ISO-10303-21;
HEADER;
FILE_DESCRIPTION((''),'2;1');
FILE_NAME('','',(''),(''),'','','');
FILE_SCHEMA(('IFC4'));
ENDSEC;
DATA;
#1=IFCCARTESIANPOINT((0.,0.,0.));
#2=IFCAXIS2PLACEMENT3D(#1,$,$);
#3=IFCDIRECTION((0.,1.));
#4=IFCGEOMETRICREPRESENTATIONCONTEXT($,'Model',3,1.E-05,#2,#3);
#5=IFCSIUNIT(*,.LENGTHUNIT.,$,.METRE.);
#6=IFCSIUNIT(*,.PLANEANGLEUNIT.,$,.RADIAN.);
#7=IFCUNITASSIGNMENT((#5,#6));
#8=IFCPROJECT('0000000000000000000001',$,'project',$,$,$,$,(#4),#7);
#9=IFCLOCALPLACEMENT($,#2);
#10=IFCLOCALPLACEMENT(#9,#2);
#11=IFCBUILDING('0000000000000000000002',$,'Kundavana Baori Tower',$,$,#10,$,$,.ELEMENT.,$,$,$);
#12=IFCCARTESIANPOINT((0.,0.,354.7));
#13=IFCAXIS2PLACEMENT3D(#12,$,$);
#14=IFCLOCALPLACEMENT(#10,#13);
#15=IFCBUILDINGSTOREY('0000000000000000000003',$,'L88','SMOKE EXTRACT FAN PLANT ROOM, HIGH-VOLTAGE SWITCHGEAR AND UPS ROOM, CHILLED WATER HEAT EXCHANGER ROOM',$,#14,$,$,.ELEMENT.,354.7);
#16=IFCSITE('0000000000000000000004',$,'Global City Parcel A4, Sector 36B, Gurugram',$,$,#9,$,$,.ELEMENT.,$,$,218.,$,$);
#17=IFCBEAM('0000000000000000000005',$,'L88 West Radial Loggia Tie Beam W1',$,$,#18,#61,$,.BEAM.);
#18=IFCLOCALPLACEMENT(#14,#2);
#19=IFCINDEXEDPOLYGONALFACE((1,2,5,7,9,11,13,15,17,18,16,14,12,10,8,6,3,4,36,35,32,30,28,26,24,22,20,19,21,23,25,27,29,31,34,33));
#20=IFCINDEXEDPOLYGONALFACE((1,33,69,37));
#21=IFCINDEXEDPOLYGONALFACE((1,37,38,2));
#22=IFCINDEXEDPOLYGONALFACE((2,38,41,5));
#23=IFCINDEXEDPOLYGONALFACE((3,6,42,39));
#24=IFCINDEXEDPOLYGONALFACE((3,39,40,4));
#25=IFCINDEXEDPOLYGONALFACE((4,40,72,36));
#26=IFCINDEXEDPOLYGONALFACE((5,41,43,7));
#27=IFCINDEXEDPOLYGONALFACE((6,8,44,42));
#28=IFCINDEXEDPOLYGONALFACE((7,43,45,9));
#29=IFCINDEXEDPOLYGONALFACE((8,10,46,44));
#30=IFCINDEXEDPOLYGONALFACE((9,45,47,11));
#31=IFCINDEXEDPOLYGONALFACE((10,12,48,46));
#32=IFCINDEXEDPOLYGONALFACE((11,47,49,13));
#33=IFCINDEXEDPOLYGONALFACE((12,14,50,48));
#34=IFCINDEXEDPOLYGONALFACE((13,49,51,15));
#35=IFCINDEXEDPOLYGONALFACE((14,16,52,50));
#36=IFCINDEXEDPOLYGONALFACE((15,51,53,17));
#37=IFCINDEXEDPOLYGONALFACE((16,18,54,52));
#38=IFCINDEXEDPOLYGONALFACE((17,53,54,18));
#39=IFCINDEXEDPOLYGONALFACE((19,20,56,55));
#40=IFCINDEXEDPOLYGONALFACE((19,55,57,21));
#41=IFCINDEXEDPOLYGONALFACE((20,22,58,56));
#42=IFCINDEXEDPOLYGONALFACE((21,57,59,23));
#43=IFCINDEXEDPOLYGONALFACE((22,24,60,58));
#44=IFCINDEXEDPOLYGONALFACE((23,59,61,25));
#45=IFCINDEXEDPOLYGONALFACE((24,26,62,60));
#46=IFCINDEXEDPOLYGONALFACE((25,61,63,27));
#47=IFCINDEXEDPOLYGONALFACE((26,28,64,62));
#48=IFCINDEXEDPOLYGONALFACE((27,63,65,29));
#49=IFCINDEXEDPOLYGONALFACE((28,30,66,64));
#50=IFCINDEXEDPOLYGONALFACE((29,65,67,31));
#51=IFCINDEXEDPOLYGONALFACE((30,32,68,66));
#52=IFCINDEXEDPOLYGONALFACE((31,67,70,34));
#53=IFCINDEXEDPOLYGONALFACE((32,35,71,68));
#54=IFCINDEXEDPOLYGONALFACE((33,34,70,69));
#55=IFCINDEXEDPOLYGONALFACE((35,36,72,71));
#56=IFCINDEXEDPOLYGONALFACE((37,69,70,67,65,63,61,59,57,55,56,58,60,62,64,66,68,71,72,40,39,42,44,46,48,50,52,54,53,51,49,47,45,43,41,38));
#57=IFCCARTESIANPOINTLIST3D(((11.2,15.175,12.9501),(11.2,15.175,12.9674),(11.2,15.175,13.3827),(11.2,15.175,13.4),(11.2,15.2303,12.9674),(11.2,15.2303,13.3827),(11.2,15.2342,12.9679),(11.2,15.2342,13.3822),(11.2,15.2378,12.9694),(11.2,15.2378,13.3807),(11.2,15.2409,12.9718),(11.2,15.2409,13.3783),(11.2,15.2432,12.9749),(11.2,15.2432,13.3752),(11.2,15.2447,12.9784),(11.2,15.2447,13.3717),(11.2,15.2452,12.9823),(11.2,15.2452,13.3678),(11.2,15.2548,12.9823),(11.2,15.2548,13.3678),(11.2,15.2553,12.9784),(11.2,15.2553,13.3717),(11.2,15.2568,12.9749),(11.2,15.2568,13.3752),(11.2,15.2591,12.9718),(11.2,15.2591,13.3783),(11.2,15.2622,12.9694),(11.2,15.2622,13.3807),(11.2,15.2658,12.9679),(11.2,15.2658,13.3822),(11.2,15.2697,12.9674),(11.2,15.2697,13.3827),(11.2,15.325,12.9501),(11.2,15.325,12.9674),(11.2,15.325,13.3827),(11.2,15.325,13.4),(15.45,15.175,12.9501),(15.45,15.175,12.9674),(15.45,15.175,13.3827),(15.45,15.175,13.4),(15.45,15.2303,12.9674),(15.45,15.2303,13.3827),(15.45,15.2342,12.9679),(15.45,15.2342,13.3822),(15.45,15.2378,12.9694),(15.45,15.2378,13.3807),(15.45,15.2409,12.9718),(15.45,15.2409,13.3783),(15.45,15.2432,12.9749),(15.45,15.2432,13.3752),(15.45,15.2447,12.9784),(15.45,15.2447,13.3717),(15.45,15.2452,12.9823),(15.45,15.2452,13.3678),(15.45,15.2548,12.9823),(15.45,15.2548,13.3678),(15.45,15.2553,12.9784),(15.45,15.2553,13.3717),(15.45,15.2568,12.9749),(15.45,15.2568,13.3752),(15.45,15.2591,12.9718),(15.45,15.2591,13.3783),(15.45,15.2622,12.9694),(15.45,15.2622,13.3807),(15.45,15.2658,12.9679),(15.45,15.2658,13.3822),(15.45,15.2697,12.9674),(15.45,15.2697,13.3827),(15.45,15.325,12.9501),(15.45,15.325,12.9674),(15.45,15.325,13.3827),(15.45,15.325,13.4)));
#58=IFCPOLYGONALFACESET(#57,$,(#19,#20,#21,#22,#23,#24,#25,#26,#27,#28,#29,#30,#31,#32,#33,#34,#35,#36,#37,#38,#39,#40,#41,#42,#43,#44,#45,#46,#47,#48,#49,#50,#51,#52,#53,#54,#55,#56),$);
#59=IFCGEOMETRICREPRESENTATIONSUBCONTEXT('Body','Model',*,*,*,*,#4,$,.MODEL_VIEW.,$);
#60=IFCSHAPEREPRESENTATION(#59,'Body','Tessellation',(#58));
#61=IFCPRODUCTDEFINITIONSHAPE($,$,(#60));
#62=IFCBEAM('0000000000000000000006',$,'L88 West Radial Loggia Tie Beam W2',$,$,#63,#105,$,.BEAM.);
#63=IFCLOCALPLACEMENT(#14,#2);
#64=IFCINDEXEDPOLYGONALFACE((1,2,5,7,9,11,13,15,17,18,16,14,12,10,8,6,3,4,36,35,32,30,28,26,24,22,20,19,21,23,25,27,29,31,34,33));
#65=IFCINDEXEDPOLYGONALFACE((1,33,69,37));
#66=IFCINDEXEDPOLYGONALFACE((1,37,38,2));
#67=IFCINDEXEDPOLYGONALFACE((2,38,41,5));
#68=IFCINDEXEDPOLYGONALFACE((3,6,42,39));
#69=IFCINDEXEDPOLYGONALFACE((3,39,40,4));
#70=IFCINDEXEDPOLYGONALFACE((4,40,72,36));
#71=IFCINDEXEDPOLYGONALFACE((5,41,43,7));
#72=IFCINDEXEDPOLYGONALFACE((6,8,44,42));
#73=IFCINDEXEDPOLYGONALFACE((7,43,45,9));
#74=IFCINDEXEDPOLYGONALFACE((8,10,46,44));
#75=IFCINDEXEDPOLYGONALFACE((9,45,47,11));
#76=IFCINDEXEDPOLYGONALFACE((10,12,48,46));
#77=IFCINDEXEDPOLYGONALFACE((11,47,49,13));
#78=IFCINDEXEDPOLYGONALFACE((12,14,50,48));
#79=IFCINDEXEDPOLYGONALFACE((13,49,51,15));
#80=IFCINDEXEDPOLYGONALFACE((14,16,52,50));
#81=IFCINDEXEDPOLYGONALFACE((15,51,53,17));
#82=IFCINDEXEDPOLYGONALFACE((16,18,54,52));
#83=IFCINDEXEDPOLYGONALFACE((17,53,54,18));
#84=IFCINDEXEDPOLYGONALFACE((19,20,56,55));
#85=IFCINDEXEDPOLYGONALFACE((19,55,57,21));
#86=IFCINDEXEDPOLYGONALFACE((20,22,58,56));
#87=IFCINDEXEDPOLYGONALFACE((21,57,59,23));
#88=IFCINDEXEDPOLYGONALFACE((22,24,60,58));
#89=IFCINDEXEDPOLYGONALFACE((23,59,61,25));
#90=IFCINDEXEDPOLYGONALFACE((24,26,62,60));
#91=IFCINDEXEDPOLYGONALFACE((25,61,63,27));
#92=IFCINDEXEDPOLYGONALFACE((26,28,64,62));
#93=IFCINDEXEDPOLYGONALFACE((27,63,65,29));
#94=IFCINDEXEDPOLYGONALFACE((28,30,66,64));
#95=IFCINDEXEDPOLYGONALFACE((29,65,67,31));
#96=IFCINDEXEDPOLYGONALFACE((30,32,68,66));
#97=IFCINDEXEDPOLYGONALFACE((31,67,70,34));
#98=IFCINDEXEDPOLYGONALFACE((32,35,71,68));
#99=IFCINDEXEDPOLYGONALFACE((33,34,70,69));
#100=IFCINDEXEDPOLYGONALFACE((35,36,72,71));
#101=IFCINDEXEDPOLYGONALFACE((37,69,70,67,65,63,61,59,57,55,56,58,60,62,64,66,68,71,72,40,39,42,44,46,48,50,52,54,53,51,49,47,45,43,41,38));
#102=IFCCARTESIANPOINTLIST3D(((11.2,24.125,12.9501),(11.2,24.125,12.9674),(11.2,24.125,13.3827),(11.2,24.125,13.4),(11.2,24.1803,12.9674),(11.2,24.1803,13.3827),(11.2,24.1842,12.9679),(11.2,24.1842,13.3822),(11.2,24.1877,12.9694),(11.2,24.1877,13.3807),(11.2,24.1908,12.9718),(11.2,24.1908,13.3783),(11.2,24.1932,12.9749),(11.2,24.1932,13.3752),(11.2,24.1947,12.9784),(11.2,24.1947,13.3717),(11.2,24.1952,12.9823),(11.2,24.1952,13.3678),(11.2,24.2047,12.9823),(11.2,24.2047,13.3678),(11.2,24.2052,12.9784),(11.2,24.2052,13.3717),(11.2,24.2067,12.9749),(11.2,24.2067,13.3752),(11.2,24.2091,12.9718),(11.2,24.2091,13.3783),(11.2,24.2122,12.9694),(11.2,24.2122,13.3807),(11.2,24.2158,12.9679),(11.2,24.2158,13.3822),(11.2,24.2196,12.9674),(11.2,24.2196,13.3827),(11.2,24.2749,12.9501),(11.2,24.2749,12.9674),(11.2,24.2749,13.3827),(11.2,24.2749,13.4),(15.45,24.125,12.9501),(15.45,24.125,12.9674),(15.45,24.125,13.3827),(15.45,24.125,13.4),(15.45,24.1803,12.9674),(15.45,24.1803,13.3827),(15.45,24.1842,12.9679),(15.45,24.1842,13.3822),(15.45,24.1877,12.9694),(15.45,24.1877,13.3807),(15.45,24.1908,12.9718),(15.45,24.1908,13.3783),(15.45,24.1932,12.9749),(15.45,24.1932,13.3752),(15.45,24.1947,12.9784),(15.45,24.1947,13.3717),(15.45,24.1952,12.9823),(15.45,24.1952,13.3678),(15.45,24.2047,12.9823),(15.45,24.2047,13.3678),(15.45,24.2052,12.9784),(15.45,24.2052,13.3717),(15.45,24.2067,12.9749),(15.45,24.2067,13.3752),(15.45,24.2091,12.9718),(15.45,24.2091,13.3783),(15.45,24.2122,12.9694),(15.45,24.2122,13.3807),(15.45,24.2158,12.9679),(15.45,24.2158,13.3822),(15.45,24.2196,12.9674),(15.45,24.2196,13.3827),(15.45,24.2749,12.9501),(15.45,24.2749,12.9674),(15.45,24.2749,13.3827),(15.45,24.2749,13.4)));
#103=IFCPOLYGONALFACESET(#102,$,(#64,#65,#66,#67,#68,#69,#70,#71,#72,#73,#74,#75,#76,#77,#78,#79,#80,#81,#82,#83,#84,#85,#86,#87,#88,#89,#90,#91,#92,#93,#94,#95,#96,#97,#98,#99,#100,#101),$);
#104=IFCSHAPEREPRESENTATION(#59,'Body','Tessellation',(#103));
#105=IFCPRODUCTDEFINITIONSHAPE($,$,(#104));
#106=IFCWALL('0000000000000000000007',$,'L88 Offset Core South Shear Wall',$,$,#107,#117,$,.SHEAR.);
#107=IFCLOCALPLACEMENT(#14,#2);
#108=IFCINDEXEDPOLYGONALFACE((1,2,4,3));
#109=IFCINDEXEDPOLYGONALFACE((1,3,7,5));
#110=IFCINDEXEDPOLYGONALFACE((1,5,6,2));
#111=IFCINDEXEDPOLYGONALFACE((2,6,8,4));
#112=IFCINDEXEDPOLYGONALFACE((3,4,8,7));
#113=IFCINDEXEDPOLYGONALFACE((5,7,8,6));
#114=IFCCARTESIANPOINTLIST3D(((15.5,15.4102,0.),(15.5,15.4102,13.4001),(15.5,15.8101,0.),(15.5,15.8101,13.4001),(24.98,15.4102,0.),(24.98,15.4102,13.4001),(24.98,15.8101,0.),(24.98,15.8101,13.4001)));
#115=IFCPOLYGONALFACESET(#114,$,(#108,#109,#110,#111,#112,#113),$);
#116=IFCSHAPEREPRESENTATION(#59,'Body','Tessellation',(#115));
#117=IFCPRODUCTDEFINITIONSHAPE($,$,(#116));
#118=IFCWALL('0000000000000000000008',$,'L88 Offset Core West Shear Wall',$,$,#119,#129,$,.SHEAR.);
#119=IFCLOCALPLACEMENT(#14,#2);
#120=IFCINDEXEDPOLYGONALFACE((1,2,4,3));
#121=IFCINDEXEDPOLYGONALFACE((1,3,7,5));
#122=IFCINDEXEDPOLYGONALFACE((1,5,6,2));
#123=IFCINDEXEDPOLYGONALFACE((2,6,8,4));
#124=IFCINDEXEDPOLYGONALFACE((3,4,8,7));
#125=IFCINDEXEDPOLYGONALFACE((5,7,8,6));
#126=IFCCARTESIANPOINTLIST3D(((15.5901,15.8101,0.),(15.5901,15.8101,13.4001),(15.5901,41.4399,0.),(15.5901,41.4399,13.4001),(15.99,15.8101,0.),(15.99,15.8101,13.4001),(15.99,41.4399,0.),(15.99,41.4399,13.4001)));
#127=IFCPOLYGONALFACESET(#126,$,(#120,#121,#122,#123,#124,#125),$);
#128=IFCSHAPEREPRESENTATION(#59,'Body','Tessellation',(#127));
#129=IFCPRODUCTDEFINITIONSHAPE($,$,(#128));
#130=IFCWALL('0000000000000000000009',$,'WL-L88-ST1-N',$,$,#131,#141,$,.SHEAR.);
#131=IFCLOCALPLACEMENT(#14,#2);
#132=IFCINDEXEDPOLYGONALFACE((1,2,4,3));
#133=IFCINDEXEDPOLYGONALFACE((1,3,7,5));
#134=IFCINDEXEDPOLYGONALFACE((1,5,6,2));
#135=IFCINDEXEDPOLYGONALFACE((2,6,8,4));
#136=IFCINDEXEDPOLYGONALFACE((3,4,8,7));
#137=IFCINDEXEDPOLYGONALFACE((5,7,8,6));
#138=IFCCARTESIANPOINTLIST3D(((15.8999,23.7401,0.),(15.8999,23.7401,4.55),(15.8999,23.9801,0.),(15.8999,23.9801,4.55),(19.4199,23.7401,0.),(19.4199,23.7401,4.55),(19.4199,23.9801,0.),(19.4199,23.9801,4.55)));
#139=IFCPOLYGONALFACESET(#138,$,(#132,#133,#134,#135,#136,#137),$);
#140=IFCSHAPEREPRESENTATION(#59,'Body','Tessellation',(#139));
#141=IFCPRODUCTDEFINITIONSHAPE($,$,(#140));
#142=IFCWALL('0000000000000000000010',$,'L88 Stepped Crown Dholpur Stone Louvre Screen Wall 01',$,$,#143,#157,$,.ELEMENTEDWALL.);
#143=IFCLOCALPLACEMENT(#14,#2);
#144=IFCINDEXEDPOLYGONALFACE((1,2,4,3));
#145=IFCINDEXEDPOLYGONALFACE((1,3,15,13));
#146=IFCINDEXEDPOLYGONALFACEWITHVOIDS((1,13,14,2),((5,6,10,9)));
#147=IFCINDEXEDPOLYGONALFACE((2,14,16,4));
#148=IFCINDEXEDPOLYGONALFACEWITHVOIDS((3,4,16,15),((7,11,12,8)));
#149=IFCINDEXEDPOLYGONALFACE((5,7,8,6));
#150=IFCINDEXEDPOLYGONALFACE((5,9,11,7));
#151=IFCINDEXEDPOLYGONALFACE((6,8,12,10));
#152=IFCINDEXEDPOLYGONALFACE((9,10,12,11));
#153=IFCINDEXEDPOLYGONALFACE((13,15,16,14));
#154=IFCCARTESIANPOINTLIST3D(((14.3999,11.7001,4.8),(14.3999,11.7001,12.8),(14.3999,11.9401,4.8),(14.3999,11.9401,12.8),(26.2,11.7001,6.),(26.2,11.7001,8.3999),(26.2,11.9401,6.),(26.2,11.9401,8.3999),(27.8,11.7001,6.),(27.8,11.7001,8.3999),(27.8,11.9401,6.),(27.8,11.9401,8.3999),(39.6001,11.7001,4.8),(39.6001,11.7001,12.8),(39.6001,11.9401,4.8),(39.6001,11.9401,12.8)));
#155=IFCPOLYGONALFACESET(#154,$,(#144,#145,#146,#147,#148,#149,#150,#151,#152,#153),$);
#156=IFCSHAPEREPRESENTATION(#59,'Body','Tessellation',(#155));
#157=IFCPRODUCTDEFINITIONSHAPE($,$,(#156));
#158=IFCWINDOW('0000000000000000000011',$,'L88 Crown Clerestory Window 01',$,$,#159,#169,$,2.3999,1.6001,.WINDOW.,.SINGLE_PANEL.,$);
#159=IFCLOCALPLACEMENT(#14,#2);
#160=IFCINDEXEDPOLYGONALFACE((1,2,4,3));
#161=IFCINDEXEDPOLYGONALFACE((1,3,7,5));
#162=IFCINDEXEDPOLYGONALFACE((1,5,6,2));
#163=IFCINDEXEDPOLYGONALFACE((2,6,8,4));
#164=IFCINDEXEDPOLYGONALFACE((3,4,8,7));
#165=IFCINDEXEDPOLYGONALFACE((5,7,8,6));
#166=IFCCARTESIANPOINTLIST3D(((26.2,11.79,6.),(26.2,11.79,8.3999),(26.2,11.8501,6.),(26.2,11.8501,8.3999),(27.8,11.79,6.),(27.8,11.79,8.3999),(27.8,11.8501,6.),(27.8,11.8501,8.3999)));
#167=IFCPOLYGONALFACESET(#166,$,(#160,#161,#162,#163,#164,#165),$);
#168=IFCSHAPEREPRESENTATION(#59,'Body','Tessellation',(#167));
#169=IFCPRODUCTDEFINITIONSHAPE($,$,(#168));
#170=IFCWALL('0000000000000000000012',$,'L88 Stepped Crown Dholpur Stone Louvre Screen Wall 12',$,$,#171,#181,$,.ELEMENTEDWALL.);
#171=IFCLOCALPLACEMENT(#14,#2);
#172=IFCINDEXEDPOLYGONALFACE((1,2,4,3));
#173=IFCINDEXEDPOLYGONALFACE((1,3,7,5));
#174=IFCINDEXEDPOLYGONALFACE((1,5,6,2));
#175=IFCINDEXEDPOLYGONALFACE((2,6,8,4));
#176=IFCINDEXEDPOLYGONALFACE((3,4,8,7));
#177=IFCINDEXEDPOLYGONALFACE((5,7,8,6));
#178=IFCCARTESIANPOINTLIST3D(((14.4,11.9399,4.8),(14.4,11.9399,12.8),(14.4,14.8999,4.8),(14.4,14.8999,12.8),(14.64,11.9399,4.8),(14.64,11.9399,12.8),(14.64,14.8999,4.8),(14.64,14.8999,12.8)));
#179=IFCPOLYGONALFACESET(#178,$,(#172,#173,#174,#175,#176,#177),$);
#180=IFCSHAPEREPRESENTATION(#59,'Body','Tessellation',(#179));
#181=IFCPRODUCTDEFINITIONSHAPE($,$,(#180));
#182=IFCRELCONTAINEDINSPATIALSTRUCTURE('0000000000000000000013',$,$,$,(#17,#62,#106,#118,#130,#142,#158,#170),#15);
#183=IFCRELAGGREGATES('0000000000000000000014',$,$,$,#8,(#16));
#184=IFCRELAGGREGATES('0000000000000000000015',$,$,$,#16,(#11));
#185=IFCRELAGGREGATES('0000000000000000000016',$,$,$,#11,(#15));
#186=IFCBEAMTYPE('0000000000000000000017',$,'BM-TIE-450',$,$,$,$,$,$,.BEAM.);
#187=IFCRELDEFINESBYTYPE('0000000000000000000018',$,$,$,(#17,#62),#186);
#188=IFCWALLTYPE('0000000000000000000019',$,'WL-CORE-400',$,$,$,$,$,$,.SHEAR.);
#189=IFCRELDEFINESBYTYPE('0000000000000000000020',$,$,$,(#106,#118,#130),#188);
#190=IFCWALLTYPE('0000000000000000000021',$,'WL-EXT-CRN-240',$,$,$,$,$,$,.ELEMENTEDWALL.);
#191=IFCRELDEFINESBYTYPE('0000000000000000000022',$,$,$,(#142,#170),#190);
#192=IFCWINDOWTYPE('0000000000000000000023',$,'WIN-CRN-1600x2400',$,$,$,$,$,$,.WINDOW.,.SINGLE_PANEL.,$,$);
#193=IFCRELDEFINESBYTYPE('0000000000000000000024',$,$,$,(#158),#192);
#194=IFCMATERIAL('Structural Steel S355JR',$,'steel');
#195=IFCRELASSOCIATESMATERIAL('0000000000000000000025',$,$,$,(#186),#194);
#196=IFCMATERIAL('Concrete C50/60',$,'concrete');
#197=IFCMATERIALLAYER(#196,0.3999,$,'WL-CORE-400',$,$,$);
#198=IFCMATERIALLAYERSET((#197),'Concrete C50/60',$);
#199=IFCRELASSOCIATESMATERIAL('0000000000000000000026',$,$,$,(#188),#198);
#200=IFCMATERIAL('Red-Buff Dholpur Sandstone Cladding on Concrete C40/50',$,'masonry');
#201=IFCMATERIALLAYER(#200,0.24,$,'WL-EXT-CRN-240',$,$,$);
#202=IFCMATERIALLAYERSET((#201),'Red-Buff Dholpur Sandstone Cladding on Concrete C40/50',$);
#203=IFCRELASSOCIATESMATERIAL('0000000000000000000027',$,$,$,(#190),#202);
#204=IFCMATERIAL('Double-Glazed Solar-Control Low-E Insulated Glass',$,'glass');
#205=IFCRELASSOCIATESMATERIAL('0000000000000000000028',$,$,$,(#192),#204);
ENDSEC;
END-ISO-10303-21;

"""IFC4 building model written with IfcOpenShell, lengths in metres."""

from ifc_helpers import new_model, si_unit, direction, frame, frame_2d, origin, origin_2d, place, context, subcontext, project, spatial, rectangle, i_section, extrude, material, layer, layer_set, material_profile, profile_set, type_object, element, fill, save


model = new_model("IFC4")

# Units and contexts
model_context = context("Model", 3, precision=1e-05, world=origin(), true_north=direction((0.0, 1.0)))
body_context = subcontext(model_context, "Body", "Model", "MODEL_VIEW")
ifc_project = project(units=[si_unit("LENGTHUNIT", "METRE"), si_unit("PLANEANGLEUNIT", "RADIAN")], contexts=[model_context])

# Site, building, storey
site_placement = place(None, origin())
site = spatial("IfcSite", under=ifc_project, at=site_placement, Name="Global City Parcel A4, Sector 36B, Gurugram", CompositionType="ELEMENT", RefElevation=218.0)
building_placement = place(site_placement, origin())
building = spatial("IfcBuilding", under=site, at=building_placement, Name="Kundavana Baori Tower", CompositionType="ELEMENT")
storey_placement = place(building_placement, frame((0.0, 0.0, 354.7)))
storey = spatial("IfcBuildingStorey", under=building, at=storey_placement, Name="L88", Description="SMOKE EXTRACT FAN PLANT ROOM, HIGH-VOLTAGE SWITCHGEAR AND UPS ROOM, CHILLED WATER HEAT EXCHANGER ROOM", CompositionType="ELEMENT", Elevation=354.7)

# Beams
ifc_material_1 = material(Name="Structural Steel S355JR", Category="steel")
ifc_material_profile_1 = material_profile(ifc_material_1, i_section(OverallWidth=0.1499, OverallDepth=0.45, WebThickness=0.0095, FlangeThickness=0.0173, FilletRadius=0.0149, at=origin_2d()), Name="ISMB 450")
ifc_profile_set_1 = profile_set([ifc_material_profile_1], Name="Structural Steel S355JR")
beam_type_1 = type_object("IfcBeamType", Name="BM-TIE-450", PredefinedType="BEAM", material=ifc_profile_set_1)
for number, where, z_axis, x_axis, name in (
    (1, (15.45, 15.25, 13.175), (-1.0, 0.0, 0.0), (0.0, -1.0, 0.0), "L88 West Radial Loggia Tie Beam W1"),
    (2, (15.45, 24.2, 13.175), (-1.0, 0.0, 0.0), (0.0, -1.0, 0.0), "L88 West Radial Loggia Tie Beam W2"),
):
    element("IfcBeam", number, at=place(storey_placement, frame(where, z_axis=z_axis, x_axis=x_axis)), inside=storey, type_object=beam_type_1, Name=name, PredefinedType="BEAM", context=body_context, shape_type="SweptSolid", body=[
        extrude(i_section(OverallWidth=0.1499, OverallDepth=0.45, WebThickness=0.0095, FlangeThickness=0.0173, FilletRadius=0.0149, at=origin_2d()), origin(), (0.0, 0.0, 1.0), 4.25),
    ])

# Walls
ifc_material_2 = material(Name="Concrete C50/60", Category="concrete")
ifc_layer_1 = layer(ifc_material_2, 0.3999, Name="WL-CORE-400")
ifc_layer_set_1 = layer_set([ifc_layer_1], Name="Concrete C50/60")
wall_type_1 = type_object("IfcWallType", Name="WL-CORE-400", PredefinedType="SHEAR", material=ifc_layer_set_1)
wall_1_placement = place(storey_placement, frame((15.5, 15.6101, 0.0), z_axis=(0.0, 0.0, 1.0), x_axis=(1.0, 0.0, 0.0)))
element("IfcWall", 3, at=wall_1_placement, inside=storey, type_object=wall_type_1, Name="L88 Offset Core South Shear Wall", PredefinedType="SHEAR", context=body_context, shape_type="SweptSolid", body=[
    extrude(rectangle(XDim=9.48, YDim=0.3999, at=frame_2d((4.74, 0.0))), origin(), (0.0, 0.0, 1.0), 13.4001),
])
wall_2_placement = place(storey_placement, frame((15.79, 15.8101, 0.0), z_axis=(0.0, 0.0, 1.0), x_axis=(0.0, 1.0, 0.0)))
element("IfcWall", 4, at=wall_2_placement, inside=storey, type_object=wall_type_1, Name="L88 Offset Core West Shear Wall", PredefinedType="SHEAR", context=body_context, shape_type="SweptSolid", body=[
    extrude(rectangle(XDim=25.6299, YDim=0.3999, at=frame_2d((12.8149, 0.0))), origin(), (0.0, 0.0, 1.0), 13.4001),
])
wall_3_placement = place(storey_placement, frame((15.8999, 23.8601, 0.0), z_axis=(0.0, 0.0, 1.0), x_axis=(1.0, 0.0, 0.0)))
element("IfcWall", 5, at=wall_3_placement, inside=storey, type_object=wall_type_1, Name="WL-L88-ST1-N", PredefinedType="SHEAR", context=body_context, shape_type="SweptSolid", body=[
    extrude(rectangle(XDim=3.52, YDim=0.24, at=frame_2d((1.76, 0.0))), origin(), (0.0, 0.0, 1.0), 4.55),
])

# Wall, opening, window
ifc_material_3 = material(Name="Red-Buff Dholpur Sandstone Cladding on Concrete C40/50", Category="masonry")
ifc_layer_2 = layer(ifc_material_3, 0.24, Name="WL-EXT-CRN-240")
ifc_layer_set_2 = layer_set([ifc_layer_2], Name="Red-Buff Dholpur Sandstone Cladding on Concrete C40/50")
wall_type_2 = type_object("IfcWallType", Name="WL-EXT-CRN-240", PredefinedType="ELEMENTEDWALL", material=ifc_layer_set_2)
wall_4_placement = place(storey_placement, frame((14.3999, 11.8201, 4.8), z_axis=(0.0, 0.0, 1.0), x_axis=(1.0, 0.0, 0.0)))
wall_4 = element("IfcWall", 6, at=wall_4_placement, inside=storey, type_object=wall_type_2, Name="L88 Stepped Crown Dholpur Stone Louvre Screen Wall 01", PredefinedType="ELEMENTEDWALL", context=body_context, shape_type="SweptSolid", body=[
    extrude(rectangle(XDim=25.2002, YDim=0.24, at=frame_2d((12.6001, 0.0))), origin(), (0.0, 0.0, 1.0), 8.0),
])
opening_placement = place(wall_4_placement, frame((11.8, 0.0, 1.2)))
opening = element("IfcOpeningElement", 7, at=opening_placement, cuts=wall_4, PredefinedType="OPENING", context=body_context, shape_type="SweptSolid", body=[
    extrude(rectangle(XDim=1.6001, YDim=2.3999, at=frame_2d((0.8, 1.2))), frame((0.0, 0.1299, 0.0), z_axis=(0.0, -1.0, 0.0), x_axis=(1.0, 0.0, 0.0)), (0.0, 0.0, 1.0), 0.26),
])
ifc_material_4 = material(Name="Double-Glazed Solar-Control Low-E Insulated Glass", Category="glass")
window_type = type_object("IfcWindowType", Name="WIN-CRN-1600x2400", PartitioningType="SINGLE_PANEL", PredefinedType="WINDOW", material=ifc_material_4)
window_placement = place(opening_placement, origin())
window = element("IfcWindow", 8, at=window_placement, inside=storey, type_object=window_type, Name="L88 Crown Clerestory Window 01", OverallHeight=2.3999, OverallWidth=1.6001, PartitioningType="SINGLE_PANEL", PredefinedType="WINDOW", context=body_context, shape_type="SweptSolid", body=[
    extrude(rectangle(XDim=1.6001, YDim=2.3999, at=frame_2d((0.8, 1.2))), frame((0.0, 0.03, 0.0), z_axis=(0.0, -1.0, 0.0), x_axis=(1.0, 0.0, 0.0)), (0.0, 0.0, 1.0), 0.0601),
])
fill(opening, window)

# Wall
wall_5_placement = place(storey_placement, frame((14.52, 14.8999, 4.8), z_axis=(0.0, 0.0, 1.0), x_axis=(0.0, -1.0, 0.0)))
element("IfcWall", 9, at=wall_5_placement, inside=storey, type_object=wall_type_2, Name="L88 Stepped Crown Dholpur Stone Louvre Screen Wall 12", PredefinedType="ELEMENTEDWALL", context=body_context, shape_type="SweptSolid", body=[
    extrude(rectangle(XDim=2.96, YDim=0.24, at=frame_2d((1.48, 0.0))), origin(), (0.0, 0.0, 1.0), 8.0),
])

save(model, "model.ifc")
